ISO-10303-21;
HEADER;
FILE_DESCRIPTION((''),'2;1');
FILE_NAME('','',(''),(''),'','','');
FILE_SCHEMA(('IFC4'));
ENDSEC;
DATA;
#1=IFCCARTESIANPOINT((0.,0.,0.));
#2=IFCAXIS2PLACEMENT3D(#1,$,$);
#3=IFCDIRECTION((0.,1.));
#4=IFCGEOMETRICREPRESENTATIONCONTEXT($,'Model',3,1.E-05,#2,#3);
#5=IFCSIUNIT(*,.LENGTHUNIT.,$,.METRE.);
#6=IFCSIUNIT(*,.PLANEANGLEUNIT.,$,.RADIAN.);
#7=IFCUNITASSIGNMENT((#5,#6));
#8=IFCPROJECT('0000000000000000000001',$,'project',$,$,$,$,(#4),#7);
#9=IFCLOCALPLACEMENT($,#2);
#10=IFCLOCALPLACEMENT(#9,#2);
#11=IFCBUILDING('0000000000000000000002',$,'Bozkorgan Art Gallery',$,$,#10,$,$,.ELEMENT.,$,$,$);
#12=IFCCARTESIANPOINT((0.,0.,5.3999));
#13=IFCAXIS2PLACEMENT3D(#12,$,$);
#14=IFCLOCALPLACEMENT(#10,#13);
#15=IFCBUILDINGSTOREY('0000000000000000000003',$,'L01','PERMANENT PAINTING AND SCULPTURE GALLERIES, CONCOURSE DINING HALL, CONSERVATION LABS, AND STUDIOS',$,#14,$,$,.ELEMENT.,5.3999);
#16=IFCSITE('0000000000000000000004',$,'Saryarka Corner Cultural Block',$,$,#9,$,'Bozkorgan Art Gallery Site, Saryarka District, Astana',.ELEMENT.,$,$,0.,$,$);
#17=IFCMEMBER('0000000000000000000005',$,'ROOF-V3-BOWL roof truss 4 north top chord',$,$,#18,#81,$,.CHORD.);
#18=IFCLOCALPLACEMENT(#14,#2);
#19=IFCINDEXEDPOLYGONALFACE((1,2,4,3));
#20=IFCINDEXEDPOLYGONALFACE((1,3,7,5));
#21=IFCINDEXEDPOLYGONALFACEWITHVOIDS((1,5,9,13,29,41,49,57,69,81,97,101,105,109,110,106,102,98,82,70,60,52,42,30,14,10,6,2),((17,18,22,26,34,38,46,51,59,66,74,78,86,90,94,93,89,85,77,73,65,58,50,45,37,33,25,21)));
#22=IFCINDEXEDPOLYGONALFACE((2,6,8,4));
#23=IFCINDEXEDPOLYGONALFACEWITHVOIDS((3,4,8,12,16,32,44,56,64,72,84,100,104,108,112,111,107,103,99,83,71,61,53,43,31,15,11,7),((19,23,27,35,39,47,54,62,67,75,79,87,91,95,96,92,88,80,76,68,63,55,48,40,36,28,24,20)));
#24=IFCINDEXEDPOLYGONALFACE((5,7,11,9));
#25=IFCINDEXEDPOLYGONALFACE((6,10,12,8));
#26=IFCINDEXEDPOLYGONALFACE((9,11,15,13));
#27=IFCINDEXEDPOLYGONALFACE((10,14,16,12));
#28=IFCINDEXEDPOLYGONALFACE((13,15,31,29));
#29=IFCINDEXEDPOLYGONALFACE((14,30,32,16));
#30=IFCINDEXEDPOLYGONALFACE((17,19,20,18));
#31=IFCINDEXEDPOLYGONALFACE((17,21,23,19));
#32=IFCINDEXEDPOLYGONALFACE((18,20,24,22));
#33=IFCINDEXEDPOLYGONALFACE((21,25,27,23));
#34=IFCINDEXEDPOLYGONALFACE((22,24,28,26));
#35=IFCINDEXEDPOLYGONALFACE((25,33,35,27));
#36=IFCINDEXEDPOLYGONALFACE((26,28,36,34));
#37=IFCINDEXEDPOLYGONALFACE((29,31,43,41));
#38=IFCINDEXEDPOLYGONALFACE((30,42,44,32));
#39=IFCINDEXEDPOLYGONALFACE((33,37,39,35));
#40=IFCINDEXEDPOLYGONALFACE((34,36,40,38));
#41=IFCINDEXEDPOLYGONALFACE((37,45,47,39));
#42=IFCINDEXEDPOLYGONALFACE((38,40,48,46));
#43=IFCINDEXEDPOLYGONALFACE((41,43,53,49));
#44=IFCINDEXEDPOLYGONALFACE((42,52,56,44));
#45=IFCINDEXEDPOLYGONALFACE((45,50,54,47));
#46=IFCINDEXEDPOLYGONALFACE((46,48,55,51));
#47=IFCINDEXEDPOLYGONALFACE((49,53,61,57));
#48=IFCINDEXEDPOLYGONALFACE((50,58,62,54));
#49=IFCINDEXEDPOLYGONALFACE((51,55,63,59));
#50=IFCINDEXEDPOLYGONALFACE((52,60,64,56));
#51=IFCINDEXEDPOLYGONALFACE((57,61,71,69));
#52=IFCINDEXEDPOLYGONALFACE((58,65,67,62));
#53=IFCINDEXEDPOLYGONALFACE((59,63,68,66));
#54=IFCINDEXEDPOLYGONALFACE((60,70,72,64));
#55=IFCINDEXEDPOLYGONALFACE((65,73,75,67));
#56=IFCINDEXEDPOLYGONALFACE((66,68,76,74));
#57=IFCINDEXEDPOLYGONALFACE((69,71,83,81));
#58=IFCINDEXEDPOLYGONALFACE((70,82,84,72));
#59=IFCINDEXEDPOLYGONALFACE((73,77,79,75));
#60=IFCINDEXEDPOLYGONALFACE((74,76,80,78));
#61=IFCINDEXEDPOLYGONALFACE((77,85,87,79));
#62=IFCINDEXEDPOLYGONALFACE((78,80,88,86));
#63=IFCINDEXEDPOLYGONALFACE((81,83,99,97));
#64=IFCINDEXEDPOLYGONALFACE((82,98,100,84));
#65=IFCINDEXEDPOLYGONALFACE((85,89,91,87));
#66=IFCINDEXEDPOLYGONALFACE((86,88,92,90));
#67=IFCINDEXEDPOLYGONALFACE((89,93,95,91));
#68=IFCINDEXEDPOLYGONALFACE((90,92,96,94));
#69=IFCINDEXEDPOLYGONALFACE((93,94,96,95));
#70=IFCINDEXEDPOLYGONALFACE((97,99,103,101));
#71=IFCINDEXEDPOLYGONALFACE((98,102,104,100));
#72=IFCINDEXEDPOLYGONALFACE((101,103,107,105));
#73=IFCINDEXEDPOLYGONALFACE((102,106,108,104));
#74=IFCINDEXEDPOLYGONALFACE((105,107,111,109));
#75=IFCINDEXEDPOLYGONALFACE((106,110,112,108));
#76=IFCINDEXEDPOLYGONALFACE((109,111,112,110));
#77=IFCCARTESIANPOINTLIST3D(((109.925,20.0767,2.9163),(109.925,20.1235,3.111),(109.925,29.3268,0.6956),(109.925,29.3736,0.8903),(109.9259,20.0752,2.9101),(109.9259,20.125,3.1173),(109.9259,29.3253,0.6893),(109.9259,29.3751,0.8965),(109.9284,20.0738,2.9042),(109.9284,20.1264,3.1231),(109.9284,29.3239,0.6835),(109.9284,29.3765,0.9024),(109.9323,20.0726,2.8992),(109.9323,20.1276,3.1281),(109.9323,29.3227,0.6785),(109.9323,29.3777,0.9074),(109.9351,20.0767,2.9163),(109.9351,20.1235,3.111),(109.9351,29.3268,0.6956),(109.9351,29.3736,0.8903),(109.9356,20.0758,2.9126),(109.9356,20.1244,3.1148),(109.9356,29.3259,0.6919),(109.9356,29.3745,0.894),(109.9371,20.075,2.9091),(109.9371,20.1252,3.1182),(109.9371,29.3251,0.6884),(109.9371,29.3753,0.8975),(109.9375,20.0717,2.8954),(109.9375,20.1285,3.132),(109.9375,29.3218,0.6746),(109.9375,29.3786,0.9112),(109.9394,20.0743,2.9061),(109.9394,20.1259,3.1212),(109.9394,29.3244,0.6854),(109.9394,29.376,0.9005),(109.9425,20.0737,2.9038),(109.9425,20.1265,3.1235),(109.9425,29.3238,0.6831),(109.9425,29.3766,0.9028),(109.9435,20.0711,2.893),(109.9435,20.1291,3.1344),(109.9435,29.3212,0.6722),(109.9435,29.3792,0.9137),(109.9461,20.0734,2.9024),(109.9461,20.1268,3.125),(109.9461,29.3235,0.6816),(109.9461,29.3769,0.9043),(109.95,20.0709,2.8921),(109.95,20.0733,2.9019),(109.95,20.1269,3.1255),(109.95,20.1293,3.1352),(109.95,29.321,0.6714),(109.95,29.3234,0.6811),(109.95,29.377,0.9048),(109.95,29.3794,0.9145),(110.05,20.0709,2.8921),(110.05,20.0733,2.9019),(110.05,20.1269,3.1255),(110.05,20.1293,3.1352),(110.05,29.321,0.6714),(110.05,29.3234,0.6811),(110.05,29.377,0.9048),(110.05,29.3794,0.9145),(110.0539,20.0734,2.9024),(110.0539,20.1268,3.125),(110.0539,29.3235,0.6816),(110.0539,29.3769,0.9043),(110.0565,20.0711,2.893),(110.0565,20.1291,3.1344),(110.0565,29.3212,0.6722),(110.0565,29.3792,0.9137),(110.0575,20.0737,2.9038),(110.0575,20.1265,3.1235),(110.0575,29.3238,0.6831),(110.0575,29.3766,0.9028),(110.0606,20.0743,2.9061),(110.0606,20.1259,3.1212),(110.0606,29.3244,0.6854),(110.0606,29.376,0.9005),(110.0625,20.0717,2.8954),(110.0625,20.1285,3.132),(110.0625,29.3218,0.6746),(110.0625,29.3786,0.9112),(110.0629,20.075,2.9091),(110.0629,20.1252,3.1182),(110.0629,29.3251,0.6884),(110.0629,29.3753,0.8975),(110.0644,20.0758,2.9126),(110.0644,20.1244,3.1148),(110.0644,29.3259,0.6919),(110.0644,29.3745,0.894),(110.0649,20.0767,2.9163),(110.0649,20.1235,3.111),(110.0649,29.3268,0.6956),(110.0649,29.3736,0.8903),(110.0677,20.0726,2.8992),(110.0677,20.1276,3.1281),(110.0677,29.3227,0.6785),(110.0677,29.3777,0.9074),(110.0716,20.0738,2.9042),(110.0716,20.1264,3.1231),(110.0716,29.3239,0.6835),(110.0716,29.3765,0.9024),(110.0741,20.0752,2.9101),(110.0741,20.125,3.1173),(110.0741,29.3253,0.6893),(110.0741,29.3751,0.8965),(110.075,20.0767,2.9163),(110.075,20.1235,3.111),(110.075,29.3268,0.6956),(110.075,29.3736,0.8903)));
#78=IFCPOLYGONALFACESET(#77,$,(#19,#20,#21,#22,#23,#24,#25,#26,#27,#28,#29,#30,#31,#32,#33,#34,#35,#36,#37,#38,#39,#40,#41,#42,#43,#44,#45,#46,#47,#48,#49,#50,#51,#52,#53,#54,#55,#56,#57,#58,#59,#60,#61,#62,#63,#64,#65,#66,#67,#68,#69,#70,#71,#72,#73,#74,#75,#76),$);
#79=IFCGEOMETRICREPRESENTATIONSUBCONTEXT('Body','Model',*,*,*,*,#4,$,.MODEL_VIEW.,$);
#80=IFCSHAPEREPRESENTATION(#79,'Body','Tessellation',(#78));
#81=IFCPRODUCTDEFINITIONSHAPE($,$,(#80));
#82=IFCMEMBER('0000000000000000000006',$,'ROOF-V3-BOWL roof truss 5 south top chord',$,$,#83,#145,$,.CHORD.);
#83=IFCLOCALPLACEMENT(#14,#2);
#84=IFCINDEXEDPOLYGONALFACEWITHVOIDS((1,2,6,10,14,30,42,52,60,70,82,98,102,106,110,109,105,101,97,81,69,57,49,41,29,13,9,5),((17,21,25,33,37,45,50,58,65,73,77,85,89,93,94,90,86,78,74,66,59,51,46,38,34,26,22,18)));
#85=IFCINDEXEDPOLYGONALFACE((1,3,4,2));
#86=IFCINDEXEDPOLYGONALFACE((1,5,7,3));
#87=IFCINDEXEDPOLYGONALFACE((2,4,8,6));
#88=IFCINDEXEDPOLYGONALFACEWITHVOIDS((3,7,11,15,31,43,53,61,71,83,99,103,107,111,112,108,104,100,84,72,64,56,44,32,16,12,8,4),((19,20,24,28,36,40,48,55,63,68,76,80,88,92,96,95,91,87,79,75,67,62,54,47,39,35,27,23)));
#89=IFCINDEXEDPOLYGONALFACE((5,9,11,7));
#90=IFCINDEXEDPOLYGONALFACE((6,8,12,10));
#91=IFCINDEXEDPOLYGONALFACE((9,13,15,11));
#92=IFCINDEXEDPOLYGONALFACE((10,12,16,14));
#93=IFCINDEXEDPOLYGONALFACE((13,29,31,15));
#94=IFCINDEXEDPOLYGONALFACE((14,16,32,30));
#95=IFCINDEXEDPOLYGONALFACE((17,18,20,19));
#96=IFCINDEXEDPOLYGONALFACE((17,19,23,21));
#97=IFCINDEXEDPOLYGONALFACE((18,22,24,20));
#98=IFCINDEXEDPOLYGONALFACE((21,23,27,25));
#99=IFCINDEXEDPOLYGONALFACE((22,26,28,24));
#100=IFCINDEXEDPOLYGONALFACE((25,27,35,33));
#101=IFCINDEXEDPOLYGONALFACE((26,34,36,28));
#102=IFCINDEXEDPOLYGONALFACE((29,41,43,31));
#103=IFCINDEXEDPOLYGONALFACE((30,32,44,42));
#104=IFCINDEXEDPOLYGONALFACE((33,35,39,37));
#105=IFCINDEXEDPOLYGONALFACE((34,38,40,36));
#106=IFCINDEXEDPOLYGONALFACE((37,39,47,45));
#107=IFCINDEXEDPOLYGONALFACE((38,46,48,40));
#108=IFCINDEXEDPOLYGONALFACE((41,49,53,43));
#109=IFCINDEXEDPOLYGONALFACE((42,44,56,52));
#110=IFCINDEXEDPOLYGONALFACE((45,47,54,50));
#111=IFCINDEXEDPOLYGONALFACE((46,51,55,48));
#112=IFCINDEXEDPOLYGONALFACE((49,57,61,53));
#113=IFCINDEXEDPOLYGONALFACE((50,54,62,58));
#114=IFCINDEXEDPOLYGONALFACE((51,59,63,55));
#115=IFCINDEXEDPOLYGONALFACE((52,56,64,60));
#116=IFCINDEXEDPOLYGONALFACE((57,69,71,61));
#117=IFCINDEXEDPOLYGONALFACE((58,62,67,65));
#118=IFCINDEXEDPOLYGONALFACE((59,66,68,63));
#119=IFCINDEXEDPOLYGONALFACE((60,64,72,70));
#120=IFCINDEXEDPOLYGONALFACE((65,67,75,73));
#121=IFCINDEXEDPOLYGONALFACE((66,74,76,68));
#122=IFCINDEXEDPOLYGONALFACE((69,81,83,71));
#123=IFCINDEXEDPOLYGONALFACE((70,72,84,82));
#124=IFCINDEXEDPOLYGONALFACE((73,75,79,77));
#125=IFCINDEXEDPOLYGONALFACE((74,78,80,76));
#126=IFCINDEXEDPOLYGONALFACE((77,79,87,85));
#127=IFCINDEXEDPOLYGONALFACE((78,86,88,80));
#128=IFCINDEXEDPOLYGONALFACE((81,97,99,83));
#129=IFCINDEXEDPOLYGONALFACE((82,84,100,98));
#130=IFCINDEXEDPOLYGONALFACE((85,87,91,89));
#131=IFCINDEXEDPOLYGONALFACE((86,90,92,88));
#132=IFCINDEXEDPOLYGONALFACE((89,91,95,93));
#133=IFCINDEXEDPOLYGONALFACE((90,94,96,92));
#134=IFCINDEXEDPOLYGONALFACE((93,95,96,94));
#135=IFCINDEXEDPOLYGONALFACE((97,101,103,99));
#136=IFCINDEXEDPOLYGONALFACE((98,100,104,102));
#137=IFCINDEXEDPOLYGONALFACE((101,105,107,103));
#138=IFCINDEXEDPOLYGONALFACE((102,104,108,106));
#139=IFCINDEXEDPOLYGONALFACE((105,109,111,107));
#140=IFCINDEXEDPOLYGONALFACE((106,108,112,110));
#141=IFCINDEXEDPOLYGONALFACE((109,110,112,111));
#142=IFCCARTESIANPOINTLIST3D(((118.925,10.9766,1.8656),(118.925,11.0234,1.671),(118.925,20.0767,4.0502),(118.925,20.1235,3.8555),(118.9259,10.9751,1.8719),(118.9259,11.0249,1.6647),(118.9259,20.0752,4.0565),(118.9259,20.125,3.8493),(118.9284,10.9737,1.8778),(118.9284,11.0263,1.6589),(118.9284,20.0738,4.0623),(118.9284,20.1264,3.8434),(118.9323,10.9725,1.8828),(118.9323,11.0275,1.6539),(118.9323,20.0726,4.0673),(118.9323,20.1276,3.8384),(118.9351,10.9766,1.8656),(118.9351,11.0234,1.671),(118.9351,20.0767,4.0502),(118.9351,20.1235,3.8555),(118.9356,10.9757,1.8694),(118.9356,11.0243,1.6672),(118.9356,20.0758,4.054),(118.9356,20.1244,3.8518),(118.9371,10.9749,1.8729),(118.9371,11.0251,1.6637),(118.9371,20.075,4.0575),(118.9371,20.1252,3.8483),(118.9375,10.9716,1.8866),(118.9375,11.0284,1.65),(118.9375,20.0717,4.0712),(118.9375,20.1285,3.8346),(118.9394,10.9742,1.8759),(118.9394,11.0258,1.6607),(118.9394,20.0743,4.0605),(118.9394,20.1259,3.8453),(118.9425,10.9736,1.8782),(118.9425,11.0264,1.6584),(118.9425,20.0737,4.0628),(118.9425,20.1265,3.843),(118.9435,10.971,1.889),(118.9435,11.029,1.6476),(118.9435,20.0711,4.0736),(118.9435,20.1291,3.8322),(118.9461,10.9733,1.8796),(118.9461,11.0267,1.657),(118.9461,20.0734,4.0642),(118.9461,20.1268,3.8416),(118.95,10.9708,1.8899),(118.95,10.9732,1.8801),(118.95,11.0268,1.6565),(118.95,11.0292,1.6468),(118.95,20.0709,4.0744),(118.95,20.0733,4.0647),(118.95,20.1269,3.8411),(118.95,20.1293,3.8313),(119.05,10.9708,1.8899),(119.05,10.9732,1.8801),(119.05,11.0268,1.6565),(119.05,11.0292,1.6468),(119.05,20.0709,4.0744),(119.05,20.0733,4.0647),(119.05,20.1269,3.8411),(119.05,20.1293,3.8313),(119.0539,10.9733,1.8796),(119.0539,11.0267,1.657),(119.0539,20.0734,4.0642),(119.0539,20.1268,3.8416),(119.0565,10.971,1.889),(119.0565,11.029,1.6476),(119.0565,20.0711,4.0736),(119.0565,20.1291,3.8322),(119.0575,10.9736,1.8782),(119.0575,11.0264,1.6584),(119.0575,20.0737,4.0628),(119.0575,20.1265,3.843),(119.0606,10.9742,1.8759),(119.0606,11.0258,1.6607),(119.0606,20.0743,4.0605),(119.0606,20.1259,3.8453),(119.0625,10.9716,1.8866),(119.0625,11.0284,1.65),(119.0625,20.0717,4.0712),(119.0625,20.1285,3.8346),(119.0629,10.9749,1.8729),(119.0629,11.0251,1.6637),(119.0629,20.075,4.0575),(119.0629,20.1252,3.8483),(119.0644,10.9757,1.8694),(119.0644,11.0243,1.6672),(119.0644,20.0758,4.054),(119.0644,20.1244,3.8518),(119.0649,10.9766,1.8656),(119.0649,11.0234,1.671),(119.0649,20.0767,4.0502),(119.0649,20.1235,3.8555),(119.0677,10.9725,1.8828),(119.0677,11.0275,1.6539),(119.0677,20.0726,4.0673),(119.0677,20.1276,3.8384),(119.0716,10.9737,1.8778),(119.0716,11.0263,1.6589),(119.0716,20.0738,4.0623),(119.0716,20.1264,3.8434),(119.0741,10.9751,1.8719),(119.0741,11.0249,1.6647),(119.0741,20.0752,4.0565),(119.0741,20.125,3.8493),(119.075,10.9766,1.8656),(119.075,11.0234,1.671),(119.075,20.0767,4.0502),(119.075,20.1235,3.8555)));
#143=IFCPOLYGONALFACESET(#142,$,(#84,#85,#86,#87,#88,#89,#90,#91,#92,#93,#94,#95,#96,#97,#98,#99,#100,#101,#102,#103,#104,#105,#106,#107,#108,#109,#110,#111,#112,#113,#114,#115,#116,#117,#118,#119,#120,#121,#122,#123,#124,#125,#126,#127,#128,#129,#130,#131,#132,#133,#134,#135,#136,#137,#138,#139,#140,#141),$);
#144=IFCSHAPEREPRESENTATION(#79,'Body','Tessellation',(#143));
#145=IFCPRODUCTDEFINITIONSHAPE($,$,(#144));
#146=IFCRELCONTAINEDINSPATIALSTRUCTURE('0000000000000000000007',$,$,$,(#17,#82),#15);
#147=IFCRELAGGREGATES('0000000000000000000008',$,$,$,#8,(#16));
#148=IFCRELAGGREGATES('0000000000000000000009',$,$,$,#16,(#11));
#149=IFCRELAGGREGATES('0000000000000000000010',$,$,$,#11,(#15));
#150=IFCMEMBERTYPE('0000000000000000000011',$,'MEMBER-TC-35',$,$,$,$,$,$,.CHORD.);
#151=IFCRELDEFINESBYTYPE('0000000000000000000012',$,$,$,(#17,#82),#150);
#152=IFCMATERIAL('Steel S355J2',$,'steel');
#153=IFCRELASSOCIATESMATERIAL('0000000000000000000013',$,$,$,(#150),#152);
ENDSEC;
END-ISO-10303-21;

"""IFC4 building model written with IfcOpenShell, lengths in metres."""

from ifc_helpers import new_model, si_unit, direction, frame, origin, origin_2d, place, context, subcontext, project, spatial, hollow_rectangle, extrude, material, material_profile, profile_set, type_object, element, save


model = new_model("IFC4")

# Units and contexts
model_context = context("Model", 3, precision=1e-05, world=origin(), true_north=direction((0.0, 1.0)))
body_context = subcontext(model_context, "Body", "Model", "MODEL_VIEW")
ifc_project = project(units=[si_unit("LENGTHUNIT", "METRE"), si_unit("PLANEANGLEUNIT", "RADIAN")], contexts=[model_context])

# Site, building, storey
site_placement = place(None, origin())
site = spatial("IfcSite", under=ifc_project, at=site_placement, Name="Saryarka Corner Cultural Block", LongName="Bozkorgan Art Gallery Site, Saryarka District, Astana", CompositionType="ELEMENT", RefElevation=0.0)
building_placement = place(site_placement, origin())
building = spatial("IfcBuilding", under=site, at=building_placement, Name="Bozkorgan Art Gallery", CompositionType="ELEMENT")
storey_placement = place(building_placement, frame((0.0, 0.0, 5.3999)))
storey = spatial("IfcBuildingStorey", under=building, at=storey_placement, Name="L01", Description="PERMANENT PAINTING AND SCULPTURE GALLERIES, CONCOURSE DINING HALL, CONSERVATION LABS, AND STUDIOS", CompositionType="ELEMENT", Elevation=5.3999)

# Shared definitions
ifc_material_1 = material(Name="Steel S355J2", Category="steel")

# Members
ifc_material_profile_1 = material_profile(ifc_material_1, hollow_rectangle(XDim=0.1499, YDim=0.25, WallThickness=0.01, InnerFilletRadius=0.0149, OuterFilletRadius=0.0249, at=origin_2d()), Name="RHS 250x150x10")
ifc_profile_set_1 = profile_set([ifc_material_profile_1], Name="Steel S355J2")
member_type_1 = type_object("IfcMemberType", Name="MEMBER-TC-35", PredefinedType="CHORD", material=ifc_profile_set_1)
member_1_placement = place(storey_placement, frame((110.0, 20.1001, 3.0137), z_axis=(0.0, 0.972371, -0.233443), x_axis=(-1.0, 0.0, 0.0)))
element("IfcMember", 1, at=member_1_placement, inside=storey, type_object=member_type_1, Name="ROOF-V3-BOWL roof truss 4 north top chord", PredefinedType="CHORD", context=body_context, shape_type="SweptSolid", body=[
    extrude(hollow_rectangle(XDim=0.1499, YDim=0.25, WallThickness=0.01, InnerFilletRadius=0.0149, OuterFilletRadius=0.0249, at=origin_2d()), origin(), (0.0, 0.0, 1.0), 9.5129),
])
member_2_placement = place(storey_placement, frame((119.0, 11.0, 1.7683), z_axis=(0.0, 0.972374, 0.233428), x_axis=(-1.0, 0.0, 0.0)))
element("IfcMember", 2, at=member_2_placement, inside=storey, type_object=member_type_1, Name="ROOF-V3-BOWL roof truss 5 south top chord", PredefinedType="CHORD", context=body_context, shape_type="SweptSolid", body=[
    extrude(hollow_rectangle(XDim=0.1499, YDim=0.25, WallThickness=0.01, InnerFilletRadius=0.0149, OuterFilletRadius=0.0249, at=origin_2d()), origin(), (0.0, 0.0, 1.0), 9.3586),
])

save(model, "model.ifc")
